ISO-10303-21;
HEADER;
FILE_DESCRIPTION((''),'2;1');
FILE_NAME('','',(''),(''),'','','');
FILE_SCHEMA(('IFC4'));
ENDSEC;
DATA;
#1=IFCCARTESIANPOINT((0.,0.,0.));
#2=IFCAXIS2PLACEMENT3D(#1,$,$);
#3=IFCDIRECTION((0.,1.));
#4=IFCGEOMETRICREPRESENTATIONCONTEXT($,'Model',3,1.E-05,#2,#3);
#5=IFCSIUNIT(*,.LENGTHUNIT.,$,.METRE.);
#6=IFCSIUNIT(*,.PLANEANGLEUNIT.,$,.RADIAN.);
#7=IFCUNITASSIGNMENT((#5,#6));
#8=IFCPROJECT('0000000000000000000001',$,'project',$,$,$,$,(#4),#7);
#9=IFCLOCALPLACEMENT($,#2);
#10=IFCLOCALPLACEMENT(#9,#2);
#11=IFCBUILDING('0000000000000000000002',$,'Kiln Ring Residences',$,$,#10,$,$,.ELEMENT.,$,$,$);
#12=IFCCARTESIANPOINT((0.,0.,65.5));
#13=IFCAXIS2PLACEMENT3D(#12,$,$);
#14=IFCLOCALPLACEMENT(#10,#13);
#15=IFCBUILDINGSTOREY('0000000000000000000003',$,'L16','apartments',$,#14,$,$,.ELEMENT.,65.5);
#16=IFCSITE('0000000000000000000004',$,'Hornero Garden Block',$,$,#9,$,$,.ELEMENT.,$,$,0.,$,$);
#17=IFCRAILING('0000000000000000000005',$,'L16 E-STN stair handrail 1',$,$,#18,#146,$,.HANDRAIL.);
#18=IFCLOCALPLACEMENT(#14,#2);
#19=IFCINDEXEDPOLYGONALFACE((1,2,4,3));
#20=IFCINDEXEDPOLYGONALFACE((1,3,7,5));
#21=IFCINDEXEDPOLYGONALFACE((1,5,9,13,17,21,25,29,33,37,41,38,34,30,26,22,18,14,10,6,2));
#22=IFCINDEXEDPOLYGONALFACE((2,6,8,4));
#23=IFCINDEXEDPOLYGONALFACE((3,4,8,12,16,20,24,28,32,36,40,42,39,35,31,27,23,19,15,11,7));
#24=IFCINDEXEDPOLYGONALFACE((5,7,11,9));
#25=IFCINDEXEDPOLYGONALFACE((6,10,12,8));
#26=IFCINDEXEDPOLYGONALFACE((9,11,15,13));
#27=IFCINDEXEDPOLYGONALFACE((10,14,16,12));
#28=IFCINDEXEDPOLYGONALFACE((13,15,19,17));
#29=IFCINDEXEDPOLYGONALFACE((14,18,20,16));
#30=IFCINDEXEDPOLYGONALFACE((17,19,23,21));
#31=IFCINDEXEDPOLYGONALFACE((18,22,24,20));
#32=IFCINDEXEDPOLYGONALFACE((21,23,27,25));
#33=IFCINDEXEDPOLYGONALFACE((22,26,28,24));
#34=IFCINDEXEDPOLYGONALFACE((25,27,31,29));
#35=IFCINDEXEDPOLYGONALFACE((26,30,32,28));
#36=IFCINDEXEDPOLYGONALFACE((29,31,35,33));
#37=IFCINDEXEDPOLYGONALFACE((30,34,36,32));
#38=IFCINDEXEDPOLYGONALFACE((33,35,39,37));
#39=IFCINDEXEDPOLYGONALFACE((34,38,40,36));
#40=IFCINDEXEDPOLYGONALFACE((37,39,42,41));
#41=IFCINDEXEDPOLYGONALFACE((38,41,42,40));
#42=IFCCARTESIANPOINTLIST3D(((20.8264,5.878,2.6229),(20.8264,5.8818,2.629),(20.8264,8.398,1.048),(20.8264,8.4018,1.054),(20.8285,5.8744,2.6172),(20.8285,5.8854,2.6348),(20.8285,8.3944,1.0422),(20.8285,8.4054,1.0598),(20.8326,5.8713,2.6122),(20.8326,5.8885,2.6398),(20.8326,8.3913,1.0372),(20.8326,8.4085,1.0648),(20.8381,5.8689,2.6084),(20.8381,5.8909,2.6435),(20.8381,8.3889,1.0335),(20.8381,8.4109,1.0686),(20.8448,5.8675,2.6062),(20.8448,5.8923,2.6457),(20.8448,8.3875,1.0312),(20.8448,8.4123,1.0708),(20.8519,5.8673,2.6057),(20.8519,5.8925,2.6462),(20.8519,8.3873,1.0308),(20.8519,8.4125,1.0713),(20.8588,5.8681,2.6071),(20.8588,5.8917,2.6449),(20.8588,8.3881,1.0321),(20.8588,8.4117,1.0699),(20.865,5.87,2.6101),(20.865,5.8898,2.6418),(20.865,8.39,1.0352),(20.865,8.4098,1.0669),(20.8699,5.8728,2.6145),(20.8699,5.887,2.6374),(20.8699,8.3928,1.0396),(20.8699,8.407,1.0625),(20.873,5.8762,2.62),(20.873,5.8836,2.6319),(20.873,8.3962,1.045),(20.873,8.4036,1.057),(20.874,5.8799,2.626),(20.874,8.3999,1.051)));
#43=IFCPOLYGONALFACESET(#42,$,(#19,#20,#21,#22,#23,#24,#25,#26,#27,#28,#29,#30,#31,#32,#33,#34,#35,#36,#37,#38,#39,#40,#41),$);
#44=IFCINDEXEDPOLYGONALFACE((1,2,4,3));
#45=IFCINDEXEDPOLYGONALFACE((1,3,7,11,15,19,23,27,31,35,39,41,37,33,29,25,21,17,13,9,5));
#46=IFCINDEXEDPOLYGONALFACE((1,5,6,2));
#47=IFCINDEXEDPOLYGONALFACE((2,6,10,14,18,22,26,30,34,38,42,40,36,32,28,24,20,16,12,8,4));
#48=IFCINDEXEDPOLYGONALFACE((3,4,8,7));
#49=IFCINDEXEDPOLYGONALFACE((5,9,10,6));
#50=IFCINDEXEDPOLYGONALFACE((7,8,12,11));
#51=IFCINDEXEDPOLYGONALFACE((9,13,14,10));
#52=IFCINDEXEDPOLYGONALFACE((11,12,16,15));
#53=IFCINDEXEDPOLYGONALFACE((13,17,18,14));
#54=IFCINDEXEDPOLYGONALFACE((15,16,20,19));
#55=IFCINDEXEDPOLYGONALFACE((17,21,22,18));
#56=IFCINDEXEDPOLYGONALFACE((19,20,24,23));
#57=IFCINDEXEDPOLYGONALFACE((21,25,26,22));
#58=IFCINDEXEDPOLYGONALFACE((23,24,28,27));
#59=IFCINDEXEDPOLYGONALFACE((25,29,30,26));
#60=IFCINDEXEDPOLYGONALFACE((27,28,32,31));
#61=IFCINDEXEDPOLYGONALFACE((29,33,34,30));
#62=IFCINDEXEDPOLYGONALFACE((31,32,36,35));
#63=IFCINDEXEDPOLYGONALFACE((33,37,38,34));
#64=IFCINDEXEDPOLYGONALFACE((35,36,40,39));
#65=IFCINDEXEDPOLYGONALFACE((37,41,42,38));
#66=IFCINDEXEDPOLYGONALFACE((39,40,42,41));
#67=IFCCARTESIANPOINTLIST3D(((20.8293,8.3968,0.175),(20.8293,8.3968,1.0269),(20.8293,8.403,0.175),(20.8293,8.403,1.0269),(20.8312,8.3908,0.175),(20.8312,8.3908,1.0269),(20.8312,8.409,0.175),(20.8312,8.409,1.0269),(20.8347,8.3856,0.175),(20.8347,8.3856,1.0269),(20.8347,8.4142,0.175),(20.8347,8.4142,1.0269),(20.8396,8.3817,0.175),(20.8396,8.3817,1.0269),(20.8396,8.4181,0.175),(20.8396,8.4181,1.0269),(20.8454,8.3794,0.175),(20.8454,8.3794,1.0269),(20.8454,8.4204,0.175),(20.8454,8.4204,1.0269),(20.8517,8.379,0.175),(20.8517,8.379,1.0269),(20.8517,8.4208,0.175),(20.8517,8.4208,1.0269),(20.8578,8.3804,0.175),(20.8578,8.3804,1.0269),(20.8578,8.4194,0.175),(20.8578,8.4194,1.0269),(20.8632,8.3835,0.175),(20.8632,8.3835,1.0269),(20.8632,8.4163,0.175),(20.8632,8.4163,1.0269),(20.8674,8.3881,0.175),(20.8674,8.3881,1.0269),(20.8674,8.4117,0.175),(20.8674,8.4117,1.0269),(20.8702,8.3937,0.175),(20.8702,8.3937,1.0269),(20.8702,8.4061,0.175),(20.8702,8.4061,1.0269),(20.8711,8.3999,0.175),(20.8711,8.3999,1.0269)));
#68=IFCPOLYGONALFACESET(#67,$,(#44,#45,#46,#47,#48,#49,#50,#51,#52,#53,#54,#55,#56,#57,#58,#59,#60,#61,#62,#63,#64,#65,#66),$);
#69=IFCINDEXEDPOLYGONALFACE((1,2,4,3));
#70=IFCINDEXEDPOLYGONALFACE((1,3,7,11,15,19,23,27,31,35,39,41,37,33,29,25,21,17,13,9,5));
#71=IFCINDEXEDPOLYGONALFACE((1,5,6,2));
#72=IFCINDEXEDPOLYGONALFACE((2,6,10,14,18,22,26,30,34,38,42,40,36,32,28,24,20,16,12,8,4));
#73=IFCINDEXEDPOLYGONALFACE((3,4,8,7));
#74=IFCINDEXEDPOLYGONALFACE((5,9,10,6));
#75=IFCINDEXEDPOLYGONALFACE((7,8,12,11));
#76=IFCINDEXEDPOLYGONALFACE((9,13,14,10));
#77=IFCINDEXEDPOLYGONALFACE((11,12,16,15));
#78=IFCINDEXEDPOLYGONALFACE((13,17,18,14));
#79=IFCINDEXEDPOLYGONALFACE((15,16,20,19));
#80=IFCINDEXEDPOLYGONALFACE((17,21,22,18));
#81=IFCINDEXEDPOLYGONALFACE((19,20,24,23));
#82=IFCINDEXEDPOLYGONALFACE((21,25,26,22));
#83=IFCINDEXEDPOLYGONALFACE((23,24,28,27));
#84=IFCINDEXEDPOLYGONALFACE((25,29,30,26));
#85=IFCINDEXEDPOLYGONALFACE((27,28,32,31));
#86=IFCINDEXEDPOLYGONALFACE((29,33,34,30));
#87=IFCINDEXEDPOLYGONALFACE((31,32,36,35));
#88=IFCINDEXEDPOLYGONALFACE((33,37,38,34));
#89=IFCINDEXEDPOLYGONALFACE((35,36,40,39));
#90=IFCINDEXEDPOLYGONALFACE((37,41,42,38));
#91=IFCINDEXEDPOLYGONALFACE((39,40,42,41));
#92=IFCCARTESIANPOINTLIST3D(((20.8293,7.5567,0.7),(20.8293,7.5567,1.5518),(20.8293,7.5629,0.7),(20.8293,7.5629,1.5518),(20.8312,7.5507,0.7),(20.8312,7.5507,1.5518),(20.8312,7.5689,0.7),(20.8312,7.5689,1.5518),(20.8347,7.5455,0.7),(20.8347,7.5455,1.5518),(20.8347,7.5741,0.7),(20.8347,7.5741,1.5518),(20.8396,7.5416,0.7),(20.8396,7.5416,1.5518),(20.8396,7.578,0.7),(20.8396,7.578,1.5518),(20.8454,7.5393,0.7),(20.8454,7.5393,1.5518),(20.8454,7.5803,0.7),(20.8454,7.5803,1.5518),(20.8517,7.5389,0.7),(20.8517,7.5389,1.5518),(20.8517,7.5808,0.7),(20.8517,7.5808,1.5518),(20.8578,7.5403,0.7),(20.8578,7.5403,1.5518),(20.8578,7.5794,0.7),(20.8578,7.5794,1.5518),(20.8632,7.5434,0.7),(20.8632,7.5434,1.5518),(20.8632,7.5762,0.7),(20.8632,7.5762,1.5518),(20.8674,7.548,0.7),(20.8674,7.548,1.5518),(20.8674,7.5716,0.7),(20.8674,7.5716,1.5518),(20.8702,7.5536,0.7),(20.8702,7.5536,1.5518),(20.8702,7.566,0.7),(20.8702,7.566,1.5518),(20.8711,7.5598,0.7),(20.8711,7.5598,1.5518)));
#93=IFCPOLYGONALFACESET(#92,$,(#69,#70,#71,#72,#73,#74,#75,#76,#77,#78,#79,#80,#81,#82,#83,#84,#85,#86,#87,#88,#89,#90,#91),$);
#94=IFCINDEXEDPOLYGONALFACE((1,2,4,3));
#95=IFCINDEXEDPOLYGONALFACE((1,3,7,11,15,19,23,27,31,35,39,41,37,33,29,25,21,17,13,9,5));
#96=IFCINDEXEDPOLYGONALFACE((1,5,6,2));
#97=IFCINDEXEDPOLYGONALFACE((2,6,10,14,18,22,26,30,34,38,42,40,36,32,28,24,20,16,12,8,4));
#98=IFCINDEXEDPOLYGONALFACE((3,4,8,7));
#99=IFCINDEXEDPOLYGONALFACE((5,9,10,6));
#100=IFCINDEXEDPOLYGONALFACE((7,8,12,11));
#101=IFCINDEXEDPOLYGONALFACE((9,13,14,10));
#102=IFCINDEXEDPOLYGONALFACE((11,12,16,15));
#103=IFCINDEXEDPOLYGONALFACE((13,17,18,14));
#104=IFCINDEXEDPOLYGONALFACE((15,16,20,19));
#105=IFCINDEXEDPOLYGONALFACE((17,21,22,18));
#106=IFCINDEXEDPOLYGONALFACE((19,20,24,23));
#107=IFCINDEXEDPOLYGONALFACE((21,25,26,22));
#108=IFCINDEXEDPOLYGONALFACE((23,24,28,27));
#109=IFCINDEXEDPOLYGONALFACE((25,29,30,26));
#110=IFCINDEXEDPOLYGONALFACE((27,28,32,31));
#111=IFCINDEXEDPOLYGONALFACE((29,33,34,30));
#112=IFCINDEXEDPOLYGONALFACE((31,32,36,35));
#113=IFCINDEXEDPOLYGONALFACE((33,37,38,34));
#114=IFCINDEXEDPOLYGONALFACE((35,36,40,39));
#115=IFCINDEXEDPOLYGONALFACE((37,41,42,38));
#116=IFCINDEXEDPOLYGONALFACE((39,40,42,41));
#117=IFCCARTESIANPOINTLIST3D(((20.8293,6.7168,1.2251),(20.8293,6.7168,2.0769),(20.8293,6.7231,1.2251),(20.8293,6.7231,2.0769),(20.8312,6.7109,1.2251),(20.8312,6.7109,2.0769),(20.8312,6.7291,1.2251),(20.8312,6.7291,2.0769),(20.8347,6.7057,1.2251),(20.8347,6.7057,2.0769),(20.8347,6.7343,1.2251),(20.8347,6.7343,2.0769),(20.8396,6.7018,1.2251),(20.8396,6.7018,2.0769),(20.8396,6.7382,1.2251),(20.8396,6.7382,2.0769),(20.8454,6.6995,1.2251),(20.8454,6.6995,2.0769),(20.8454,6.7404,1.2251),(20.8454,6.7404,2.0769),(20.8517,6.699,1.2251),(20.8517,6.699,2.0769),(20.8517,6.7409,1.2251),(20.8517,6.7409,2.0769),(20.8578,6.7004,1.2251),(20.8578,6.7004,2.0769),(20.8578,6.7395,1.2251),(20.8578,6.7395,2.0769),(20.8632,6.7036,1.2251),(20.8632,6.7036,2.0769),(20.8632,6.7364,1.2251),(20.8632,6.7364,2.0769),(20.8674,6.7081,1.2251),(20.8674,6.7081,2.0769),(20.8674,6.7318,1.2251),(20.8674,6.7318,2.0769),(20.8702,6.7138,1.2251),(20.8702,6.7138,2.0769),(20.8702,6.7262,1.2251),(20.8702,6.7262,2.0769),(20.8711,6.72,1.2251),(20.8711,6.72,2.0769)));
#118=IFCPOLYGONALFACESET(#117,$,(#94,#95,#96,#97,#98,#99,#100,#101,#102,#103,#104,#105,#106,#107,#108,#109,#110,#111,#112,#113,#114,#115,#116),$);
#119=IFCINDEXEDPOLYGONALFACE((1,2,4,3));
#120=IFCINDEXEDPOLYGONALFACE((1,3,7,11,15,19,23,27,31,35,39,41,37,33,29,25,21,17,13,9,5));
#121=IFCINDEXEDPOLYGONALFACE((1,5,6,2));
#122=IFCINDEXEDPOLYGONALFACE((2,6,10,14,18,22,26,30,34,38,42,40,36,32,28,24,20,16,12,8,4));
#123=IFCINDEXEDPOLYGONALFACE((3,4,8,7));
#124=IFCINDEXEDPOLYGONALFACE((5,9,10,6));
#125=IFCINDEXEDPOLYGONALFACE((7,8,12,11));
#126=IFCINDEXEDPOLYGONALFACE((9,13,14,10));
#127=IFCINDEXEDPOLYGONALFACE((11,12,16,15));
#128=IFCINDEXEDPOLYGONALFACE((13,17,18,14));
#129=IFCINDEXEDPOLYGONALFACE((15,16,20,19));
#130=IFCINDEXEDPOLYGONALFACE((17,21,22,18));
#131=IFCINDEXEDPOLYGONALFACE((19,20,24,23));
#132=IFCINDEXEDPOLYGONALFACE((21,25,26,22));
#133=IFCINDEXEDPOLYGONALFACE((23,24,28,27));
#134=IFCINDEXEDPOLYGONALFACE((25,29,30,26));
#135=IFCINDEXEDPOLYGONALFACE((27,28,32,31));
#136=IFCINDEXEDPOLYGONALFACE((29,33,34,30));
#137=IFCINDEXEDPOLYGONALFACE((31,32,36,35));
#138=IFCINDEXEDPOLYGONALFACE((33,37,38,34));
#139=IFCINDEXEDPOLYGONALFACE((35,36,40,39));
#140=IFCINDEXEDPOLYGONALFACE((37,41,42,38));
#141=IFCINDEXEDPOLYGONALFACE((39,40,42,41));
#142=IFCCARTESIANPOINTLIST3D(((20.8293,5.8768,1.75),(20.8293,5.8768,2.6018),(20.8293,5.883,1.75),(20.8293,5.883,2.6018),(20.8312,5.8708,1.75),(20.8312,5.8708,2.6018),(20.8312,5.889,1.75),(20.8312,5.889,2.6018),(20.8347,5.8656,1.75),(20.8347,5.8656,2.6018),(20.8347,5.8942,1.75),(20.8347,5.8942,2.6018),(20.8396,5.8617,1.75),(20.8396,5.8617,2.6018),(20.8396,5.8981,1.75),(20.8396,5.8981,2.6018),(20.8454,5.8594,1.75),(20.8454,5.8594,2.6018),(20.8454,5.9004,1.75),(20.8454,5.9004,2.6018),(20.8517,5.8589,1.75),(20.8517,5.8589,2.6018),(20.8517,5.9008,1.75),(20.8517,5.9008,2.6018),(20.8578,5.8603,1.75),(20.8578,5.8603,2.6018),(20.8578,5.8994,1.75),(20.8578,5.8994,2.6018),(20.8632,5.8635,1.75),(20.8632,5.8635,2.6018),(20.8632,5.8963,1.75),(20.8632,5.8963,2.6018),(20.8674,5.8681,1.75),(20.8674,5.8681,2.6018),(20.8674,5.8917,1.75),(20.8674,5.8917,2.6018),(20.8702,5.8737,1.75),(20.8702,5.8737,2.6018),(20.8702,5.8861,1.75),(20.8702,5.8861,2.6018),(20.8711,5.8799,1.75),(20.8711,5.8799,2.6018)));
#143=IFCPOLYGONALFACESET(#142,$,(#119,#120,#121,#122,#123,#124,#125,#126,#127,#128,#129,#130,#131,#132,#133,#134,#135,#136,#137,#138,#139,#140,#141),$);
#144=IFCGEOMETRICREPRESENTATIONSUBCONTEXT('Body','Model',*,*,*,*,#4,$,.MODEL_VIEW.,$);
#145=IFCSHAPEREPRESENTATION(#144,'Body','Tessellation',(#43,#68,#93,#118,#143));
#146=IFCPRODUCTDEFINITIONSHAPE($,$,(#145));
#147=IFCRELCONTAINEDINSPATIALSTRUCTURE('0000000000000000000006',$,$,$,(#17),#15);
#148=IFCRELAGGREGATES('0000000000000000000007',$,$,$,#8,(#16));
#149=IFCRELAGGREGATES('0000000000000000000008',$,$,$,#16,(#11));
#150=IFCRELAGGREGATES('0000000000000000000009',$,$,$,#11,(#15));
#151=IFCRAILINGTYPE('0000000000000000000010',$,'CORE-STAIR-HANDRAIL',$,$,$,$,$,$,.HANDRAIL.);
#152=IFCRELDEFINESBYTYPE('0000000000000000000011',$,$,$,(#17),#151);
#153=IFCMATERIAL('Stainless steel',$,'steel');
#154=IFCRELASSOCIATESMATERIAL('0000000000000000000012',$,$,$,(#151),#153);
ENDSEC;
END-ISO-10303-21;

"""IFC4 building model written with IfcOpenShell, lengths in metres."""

from ifc_helpers import new_model, si_unit, direction, frame, origin, origin_2d, place, context, subcontext, project, spatial, circle, extrude, material, type_object, element, save


model = new_model("IFC4")

# Units and contexts
model_context = context("Model", 3, precision=1e-05, world=origin(), true_north=direction((0.0, 1.0)))
body_context = subcontext(model_context, "Body", "Model", "MODEL_VIEW")
ifc_project = project(units=[si_unit("LENGTHUNIT", "METRE"), si_unit("PLANEANGLEUNIT", "RADIAN")], contexts=[model_context])

# Site, building, storey
site_placement = place(None, origin())
site = spatial("IfcSite", under=ifc_project, at=site_placement, Name="Hornero Garden Block", CompositionType="ELEMENT", RefElevation=0.0)
building_placement = place(site_placement, origin())
building = spatial("IfcBuilding", under=site, at=building_placement, Name="Kiln Ring Residences", CompositionType="ELEMENT")
storey_placement = place(building_placement, frame((0.0, 0.0, 65.5)))
storey = spatial("IfcBuildingStorey", under=building, at=storey_placement, Name="L16", Description="apartments", CompositionType="ELEMENT", Elevation=65.5)

# Railing
ifc_material_1 = material(Name="Stainless steel", Category="steel")
railing_type_1 = type_object("IfcRailingType", Name="CORE-STAIR-HANDRAIL", PredefinedType="HANDRAIL", material=ifc_material_1)
railing_1_placement = place(storey_placement, frame((20.8501, 8.3999, 0.175)))
element("IfcRailing", 1, at=railing_1_placement, inside=storey, type_object=railing_type_1, Name="L16 E-STN stair handrail 1", PredefinedType="HANDRAIL", context=body_context, shape_type="SweptSolid", body=[
    extrude(circle(Radius=0.0239, at=origin_2d()), frame((0.0, 0.0, 0.876), z_axis=(0.0, -0.848008, 0.529984), x_axis=(1.0, 0.0, 0.0)), (0.0, 0.0, 1.0), 2.9717),
    extrude(circle(Radius=0.021, at=origin_2d()), origin(), (0.0, 0.0, 1.0), 0.8518),
    extrude(circle(Radius=0.021, at=origin_2d()), frame((0.0, -0.8401, 0.5249)), (0.0, 0.0, 1.0), 0.8518),
    extrude(circle(Radius=0.021, at=origin_2d()), frame((0.0, -1.6799, 1.05)), (0.0, 0.0, 1.0), 0.8518),
    extrude(circle(Radius=0.021, at=origin_2d()), frame((0.0, -2.52, 1.575)), (0.0, 0.0, 1.0), 0.8518),
])

save(model, "model.ifc")
